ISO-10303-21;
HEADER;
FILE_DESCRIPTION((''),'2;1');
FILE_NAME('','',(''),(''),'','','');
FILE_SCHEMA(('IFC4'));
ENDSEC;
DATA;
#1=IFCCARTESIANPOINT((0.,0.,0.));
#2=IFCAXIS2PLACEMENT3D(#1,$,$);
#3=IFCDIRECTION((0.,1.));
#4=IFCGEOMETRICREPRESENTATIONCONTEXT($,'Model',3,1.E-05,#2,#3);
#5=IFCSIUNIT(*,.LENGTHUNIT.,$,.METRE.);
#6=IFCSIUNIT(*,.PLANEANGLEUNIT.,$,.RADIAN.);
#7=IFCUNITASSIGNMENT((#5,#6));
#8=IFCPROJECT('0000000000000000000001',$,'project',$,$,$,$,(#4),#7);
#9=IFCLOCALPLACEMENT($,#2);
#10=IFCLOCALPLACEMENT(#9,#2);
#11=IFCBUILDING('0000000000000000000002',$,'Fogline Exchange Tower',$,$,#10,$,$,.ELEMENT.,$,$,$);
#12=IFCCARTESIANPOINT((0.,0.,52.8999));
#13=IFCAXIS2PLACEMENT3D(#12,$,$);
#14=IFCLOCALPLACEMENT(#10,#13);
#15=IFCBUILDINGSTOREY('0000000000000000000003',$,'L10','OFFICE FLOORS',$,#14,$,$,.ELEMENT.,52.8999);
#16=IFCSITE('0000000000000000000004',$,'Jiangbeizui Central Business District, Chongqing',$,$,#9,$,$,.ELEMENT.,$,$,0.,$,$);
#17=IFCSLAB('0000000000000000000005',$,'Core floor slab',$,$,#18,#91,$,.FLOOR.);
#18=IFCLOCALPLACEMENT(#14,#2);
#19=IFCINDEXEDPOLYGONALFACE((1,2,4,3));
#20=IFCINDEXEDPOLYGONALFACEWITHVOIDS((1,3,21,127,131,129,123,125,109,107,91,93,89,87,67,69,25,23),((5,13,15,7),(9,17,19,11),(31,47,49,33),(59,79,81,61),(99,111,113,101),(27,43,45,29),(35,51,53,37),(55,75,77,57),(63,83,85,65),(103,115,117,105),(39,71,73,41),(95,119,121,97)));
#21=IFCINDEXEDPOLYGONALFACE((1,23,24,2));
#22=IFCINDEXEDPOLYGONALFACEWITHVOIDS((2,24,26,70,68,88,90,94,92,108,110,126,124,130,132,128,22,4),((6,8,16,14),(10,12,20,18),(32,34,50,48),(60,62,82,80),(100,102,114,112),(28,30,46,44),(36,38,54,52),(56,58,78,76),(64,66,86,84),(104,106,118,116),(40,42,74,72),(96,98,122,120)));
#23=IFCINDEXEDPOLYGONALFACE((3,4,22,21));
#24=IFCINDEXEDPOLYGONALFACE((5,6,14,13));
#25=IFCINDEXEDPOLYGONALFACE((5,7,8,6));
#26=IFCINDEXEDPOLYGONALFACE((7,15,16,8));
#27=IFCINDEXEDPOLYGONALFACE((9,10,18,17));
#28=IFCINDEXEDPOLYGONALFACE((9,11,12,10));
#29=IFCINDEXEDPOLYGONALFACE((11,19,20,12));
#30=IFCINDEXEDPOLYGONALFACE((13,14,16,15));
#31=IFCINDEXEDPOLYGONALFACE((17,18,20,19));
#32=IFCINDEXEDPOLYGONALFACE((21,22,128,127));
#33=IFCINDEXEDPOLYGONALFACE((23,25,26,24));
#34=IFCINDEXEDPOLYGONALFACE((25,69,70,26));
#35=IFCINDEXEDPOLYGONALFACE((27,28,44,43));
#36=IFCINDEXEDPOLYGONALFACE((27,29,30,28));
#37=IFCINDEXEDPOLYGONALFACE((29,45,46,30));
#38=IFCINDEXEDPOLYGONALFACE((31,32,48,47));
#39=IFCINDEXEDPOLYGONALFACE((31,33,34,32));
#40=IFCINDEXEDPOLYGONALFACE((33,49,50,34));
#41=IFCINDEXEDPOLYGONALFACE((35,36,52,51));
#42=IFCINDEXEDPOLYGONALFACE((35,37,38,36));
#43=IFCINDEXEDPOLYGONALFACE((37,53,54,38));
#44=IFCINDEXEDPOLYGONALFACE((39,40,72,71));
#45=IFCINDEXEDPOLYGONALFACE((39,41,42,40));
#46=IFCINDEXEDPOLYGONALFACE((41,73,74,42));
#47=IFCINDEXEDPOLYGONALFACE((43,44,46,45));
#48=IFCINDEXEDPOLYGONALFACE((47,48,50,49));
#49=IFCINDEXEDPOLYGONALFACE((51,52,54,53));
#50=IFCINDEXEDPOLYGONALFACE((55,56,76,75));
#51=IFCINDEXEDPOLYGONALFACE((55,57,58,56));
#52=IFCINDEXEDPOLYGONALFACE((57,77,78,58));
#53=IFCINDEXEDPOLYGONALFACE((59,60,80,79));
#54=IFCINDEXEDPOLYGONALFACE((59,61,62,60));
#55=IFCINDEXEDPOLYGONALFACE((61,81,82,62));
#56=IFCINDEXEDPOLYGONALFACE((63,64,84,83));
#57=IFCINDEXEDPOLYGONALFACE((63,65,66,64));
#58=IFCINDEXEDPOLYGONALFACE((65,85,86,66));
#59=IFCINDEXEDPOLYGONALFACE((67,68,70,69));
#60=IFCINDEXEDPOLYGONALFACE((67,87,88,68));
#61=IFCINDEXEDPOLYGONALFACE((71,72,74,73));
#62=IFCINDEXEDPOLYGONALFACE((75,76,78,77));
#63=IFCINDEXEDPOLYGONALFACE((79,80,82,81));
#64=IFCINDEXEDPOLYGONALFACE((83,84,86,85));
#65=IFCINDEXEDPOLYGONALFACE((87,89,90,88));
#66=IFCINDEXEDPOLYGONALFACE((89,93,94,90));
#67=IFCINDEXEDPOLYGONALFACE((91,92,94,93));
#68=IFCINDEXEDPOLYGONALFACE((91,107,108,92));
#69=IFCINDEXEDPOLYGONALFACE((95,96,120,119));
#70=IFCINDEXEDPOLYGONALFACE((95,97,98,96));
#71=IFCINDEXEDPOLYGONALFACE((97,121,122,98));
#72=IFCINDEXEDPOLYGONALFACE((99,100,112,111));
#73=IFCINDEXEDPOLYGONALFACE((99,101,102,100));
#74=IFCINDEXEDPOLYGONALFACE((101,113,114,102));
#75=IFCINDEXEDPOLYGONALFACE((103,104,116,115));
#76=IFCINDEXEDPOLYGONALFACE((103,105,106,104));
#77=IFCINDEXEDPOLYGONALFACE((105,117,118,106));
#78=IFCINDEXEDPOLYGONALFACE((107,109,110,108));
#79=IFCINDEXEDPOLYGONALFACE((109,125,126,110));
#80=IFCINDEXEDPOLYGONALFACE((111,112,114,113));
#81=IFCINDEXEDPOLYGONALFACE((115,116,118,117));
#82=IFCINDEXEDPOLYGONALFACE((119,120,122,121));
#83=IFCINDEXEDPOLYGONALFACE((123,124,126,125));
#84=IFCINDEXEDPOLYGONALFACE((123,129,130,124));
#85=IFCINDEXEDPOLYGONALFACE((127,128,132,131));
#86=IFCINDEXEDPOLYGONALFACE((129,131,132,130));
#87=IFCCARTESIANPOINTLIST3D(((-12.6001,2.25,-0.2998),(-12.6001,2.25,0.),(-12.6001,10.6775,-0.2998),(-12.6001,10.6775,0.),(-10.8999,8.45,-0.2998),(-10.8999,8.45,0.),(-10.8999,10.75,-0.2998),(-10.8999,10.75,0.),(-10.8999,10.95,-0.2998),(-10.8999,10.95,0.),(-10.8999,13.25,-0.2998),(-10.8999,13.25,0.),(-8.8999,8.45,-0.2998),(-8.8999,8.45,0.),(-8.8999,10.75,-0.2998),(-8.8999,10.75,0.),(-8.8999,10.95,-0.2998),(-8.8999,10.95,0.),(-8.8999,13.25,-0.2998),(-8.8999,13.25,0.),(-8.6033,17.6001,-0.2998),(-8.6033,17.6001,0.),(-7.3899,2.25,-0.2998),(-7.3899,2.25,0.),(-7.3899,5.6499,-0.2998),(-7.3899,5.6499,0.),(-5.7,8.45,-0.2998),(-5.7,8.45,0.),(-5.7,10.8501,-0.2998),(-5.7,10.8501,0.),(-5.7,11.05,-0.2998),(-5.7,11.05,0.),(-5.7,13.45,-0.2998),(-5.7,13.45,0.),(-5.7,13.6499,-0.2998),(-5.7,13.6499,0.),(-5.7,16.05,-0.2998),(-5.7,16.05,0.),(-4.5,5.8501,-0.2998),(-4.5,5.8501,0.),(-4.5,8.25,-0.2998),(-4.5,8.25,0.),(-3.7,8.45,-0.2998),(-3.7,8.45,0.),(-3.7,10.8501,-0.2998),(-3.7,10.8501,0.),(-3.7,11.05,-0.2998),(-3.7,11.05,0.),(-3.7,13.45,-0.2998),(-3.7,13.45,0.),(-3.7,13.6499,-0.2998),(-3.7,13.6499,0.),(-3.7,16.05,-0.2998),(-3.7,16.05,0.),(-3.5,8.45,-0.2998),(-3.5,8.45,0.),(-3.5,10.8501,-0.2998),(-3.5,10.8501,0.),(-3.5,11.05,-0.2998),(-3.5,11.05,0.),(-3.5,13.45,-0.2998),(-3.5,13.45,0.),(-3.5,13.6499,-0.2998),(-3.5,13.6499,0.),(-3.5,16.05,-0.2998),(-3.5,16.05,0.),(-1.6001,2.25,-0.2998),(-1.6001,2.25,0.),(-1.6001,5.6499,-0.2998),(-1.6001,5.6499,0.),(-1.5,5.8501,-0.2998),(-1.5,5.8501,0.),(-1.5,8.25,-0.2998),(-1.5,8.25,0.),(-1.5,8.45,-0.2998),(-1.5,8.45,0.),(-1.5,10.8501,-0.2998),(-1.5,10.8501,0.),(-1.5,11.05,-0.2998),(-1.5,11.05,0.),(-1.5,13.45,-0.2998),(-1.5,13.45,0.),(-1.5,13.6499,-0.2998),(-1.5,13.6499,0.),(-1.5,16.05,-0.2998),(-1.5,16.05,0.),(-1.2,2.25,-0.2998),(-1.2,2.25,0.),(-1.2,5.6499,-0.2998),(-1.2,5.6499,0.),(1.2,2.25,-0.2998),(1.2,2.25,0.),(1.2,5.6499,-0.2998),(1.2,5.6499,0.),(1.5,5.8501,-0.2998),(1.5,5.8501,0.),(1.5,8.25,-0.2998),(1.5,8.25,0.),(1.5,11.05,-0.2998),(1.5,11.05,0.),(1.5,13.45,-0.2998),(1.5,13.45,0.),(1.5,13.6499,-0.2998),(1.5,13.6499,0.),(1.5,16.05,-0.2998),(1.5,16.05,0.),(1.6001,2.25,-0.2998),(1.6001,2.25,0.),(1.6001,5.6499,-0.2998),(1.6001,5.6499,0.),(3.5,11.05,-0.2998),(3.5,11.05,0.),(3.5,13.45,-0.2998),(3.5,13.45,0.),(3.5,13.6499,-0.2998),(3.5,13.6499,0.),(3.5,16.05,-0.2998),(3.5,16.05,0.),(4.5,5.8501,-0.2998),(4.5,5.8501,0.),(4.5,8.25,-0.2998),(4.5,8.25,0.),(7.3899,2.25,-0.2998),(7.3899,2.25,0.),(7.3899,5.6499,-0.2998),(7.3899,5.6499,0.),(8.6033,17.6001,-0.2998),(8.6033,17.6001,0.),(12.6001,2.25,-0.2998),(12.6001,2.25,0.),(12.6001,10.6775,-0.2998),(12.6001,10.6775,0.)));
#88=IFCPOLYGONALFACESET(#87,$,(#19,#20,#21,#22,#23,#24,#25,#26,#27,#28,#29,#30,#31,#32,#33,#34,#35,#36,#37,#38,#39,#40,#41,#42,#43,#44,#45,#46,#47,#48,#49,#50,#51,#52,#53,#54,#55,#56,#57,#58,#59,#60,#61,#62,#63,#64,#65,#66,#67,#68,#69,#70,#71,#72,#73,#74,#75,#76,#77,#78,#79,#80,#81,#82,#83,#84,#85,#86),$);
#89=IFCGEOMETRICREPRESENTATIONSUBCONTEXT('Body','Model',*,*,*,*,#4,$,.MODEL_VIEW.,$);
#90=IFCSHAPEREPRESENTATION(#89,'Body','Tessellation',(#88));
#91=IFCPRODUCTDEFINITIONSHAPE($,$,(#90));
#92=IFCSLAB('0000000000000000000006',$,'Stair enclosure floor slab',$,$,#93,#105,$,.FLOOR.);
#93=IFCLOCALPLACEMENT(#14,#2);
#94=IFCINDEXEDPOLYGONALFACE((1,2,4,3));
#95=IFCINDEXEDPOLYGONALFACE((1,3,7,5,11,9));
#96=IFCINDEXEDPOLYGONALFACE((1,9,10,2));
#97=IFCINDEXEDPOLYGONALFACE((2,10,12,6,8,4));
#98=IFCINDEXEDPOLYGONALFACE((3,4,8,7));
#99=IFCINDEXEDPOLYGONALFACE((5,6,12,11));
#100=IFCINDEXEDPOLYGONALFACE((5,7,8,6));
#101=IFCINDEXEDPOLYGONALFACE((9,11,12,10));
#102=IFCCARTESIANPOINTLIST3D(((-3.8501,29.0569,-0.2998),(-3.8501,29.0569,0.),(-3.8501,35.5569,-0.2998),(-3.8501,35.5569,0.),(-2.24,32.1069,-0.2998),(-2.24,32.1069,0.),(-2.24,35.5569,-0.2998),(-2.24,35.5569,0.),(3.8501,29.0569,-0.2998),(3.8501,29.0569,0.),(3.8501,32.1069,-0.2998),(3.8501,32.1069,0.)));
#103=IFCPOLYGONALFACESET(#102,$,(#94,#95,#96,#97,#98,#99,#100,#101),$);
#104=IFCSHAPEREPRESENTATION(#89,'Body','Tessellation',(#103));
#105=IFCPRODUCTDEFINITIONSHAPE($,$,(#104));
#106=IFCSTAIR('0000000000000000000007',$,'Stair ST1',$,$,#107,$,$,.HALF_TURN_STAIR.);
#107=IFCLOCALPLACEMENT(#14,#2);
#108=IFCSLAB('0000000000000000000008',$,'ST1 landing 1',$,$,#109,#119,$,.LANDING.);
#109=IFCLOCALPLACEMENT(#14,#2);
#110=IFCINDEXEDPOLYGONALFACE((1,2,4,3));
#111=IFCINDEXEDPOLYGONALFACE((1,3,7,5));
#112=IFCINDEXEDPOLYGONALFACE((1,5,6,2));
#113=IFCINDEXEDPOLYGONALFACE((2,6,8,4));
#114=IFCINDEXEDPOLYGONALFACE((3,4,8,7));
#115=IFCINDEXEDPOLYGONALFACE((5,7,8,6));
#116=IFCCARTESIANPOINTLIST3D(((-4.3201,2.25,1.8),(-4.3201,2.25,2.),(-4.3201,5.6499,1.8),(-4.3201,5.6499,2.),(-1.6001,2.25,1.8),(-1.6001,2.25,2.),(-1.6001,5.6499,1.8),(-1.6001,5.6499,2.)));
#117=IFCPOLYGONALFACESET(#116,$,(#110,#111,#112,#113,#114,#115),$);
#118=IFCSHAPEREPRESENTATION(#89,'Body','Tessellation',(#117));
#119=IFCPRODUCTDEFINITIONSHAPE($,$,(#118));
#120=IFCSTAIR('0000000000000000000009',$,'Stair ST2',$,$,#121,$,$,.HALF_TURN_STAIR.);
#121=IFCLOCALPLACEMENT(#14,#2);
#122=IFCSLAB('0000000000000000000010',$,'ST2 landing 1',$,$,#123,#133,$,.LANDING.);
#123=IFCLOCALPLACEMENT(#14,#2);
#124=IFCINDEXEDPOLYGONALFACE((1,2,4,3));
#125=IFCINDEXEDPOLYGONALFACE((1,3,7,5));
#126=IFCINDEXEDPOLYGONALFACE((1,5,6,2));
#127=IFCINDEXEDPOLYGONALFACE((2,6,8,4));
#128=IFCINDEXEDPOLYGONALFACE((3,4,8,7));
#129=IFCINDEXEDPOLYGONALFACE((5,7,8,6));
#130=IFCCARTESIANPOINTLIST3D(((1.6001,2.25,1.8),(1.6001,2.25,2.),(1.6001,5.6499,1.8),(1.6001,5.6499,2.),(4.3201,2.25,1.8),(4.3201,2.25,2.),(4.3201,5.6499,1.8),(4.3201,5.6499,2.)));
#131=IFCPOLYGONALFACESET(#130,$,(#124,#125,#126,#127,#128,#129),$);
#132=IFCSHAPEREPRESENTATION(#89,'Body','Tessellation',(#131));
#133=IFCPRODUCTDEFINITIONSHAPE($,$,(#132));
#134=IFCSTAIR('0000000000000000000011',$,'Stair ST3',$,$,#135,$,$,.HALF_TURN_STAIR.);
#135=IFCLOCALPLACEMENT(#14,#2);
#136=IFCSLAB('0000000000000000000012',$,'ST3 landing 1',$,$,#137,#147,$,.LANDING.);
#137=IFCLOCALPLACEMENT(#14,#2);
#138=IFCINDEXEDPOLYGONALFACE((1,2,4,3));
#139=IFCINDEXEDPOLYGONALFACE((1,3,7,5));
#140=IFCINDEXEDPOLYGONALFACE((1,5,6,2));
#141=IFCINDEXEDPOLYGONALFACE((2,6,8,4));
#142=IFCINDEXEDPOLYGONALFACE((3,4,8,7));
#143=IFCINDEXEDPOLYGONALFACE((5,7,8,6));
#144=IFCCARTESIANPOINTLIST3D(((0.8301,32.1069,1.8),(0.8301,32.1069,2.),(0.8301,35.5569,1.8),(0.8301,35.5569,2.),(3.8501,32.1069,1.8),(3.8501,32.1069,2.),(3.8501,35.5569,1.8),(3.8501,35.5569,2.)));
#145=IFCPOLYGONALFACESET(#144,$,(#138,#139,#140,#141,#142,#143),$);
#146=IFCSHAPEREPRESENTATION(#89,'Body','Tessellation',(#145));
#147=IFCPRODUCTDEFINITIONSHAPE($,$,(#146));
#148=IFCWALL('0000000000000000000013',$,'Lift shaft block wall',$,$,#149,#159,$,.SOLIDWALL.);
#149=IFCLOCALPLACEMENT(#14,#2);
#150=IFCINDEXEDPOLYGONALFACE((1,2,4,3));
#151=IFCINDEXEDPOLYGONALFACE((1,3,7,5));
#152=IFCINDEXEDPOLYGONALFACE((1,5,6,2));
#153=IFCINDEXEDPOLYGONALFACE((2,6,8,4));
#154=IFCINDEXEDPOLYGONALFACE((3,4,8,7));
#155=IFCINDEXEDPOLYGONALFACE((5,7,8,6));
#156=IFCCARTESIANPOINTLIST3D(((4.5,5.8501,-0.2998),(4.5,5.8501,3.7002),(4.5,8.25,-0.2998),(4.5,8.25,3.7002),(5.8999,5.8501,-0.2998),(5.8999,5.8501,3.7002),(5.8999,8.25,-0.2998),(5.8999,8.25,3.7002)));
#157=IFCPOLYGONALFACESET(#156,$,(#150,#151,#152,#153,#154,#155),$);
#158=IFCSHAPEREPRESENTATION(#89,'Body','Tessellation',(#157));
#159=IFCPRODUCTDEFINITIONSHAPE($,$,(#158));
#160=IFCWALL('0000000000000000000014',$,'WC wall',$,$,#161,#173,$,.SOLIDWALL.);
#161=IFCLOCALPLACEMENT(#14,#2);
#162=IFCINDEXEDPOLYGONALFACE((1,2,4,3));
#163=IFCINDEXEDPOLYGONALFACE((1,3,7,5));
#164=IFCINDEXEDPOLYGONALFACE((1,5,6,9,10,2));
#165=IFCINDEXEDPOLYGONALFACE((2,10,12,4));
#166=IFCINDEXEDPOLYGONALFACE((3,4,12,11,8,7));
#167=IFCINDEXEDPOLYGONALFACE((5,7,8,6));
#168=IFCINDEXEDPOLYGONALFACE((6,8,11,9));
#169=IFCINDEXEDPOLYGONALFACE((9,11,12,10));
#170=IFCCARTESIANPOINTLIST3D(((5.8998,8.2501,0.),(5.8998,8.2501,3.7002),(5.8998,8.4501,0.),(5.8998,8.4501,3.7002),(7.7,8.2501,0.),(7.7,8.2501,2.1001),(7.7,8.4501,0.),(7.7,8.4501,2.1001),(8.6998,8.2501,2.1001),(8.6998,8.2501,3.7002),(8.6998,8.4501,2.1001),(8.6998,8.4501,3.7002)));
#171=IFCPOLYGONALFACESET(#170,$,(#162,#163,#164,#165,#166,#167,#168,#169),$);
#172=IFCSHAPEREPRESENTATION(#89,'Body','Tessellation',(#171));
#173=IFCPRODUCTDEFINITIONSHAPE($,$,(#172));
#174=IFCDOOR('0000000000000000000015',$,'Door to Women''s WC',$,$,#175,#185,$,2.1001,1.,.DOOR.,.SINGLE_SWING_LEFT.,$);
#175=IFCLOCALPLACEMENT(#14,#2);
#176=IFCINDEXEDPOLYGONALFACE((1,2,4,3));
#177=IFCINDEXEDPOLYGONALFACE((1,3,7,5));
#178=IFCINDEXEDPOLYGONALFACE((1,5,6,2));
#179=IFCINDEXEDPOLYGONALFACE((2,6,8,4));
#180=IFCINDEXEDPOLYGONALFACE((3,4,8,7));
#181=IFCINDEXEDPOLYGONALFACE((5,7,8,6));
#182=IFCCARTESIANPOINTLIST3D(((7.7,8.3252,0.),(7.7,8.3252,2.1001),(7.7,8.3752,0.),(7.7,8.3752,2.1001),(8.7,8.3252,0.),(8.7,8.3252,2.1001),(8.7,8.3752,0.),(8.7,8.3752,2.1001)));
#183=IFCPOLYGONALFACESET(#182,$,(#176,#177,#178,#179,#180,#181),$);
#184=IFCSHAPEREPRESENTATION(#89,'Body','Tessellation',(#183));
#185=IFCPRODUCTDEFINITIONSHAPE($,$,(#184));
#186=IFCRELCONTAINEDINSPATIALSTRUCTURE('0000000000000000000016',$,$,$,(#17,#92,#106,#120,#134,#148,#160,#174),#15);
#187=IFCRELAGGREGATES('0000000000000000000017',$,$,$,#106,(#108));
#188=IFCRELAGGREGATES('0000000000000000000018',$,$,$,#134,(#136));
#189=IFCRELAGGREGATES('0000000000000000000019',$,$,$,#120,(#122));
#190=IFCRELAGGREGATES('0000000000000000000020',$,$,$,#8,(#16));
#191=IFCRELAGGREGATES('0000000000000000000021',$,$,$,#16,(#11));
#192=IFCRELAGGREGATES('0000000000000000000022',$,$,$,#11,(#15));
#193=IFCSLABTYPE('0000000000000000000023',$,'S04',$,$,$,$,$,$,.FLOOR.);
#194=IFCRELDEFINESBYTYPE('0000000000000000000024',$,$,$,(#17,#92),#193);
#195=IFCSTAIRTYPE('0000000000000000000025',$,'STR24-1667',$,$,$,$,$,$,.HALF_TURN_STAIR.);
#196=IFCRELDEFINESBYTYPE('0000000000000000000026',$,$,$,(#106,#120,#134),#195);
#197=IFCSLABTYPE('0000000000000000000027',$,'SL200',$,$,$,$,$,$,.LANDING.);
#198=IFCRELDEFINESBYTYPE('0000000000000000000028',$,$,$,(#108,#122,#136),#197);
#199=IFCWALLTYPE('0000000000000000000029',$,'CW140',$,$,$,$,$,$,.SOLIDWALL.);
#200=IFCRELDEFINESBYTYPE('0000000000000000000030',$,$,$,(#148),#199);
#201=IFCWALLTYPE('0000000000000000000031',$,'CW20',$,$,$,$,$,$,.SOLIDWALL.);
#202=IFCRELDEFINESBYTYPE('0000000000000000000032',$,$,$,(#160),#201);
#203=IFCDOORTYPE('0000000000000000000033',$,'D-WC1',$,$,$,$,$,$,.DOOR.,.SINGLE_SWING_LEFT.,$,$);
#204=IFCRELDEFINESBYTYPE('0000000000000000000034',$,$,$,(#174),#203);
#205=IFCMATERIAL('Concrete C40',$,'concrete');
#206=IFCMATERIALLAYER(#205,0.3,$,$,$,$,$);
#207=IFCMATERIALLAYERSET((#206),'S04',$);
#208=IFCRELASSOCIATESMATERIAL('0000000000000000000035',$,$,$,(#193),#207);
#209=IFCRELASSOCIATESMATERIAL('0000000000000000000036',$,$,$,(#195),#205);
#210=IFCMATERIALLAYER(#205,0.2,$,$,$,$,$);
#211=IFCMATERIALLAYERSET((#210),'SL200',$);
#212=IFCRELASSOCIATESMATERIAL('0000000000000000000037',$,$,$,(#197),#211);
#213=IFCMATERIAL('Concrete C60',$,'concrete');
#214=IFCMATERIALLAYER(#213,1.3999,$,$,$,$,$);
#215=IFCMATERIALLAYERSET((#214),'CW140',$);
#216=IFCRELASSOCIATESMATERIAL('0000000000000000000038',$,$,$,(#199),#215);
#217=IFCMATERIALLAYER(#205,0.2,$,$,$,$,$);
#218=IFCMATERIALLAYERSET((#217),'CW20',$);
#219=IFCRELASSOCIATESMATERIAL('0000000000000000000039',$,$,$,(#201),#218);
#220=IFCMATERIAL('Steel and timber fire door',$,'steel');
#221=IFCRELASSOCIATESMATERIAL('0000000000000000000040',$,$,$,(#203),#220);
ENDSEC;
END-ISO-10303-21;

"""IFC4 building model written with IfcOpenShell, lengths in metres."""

from ifc_helpers import new_model, si_unit, direction, frame, frame_2d, origin, place, context, subcontext, project, spatial, polyline, rectangle, outline, extrude, material, layer, layer_set, type_object, element, fill, aggregate, save


model = new_model("IFC4")

# Units and contexts
model_context = context("Model", 3, precision=1e-05, world=origin(), true_north=direction((0.0, 1.0)))
body_context = subcontext(model_context, "Body", "Model", "MODEL_VIEW")
ifc_project = project(units=[si_unit("LENGTHUNIT", "METRE"), si_unit("PLANEANGLEUNIT", "RADIAN")], contexts=[model_context])

# Site, building, storey
site_placement = place(None, origin())
site = spatial("IfcSite", under=ifc_project, at=site_placement, Name="Jiangbeizui Central Business District, Chongqing", CompositionType="ELEMENT", RefElevation=0.0)
building_placement = place(site_placement, origin())
building = spatial("IfcBuilding", under=site, at=building_placement, Name="Fogline Exchange Tower", CompositionType="ELEMENT")
storey_placement = place(building_placement, frame((0.0, 0.0, 52.8999)))
storey = spatial("IfcBuildingStorey", under=building, at=storey_placement, Name="L10", Description="OFFICE FLOORS", CompositionType="ELEMENT", Elevation=52.8999)

# Slabs
ifc_material_1 = material(Name="Concrete C40", Category="concrete")
ifc_layer_1 = layer(ifc_material_1, 0.3)
ifc_layer_set_1 = layer_set([ifc_layer_1], Name="S04")
slab_type_1 = type_object("IfcSlabType", Name="S04", PredefinedType="FLOOR", material=ifc_layer_set_1)
slab_1_placement = place(storey_placement, frame((0.0, 0.0, -0.2998)))
element("IfcSlab", 1, at=slab_1_placement, inside=storey, type_object=slab_type_1, Name="Core floor slab", PredefinedType="FLOOR", context=body_context, shape_type="SweptSolid", body=[
    extrude(outline(polyline([(-12.6001, 2.25), (-12.6001, 10.6775), (-8.6033, 17.6001), (8.6033, 17.6001), (12.6001, 10.6775), (12.6001, 2.25), (7.3899, 2.25), (7.3899, 5.6499), (1.6001, 5.6499), (1.6001, 2.25), (1.2, 2.25), (1.2, 5.6499), (-1.2, 5.6499), (-1.2, 2.25), (-1.6001, 2.25), (-1.6001, 5.6499), (-7.3899, 5.6499), (-7.3899, 2.25), (-12.6001, 2.25)]), holes=[polyline([(-1.5, 8.25), (-4.5, 8.25), (-4.5, 5.8501), (-1.5, 5.8501), (-1.5, 8.25)]), polyline([(-8.8999, 10.75), (-10.8999, 10.75), (-10.8999, 8.45), (-8.8999, 8.45), (-8.8999, 10.75)]), polyline([(-3.7, 10.8501), (-5.7, 10.8501), (-5.7, 8.45), (-3.7, 8.45), (-3.7, 10.8501)]), polyline([(-1.5, 10.8501), (-3.5, 10.8501), (-3.5, 8.45), (-1.5, 8.45), (-1.5, 10.8501)]), polyline([(-8.8999, 13.25), (-10.8999, 13.25), (-10.8999, 10.95), (-8.8999, 10.95), (-8.8999, 13.25)]), polyline([(-3.7, 13.45), (-5.7, 13.45), (-5.7, 11.05), (-3.7, 11.05), (-3.7, 13.45)]), polyline([(-3.7, 16.05), (-5.7, 16.05), (-5.7, 13.6499), (-3.7, 13.6499), (-3.7, 16.05)]), polyline([(4.5, 8.25), (1.5, 8.25), (1.5, 5.8501), (4.5, 5.8501), (4.5, 8.25)]), polyline([(-1.5, 13.45), (-3.5, 13.45), (-3.5, 11.05), (-1.5, 11.05), (-1.5, 13.45)]), polyline([(3.5, 13.45), (1.5, 13.45), (1.5, 11.05), (3.5, 11.05), (3.5, 13.45)]), polyline([(-1.5, 16.05), (-3.5, 16.05), (-3.5, 13.6499), (-1.5, 13.6499), (-1.5, 16.05)]), polyline([(3.5, 16.05), (1.5, 16.05), (1.5, 13.6499), (3.5, 13.6499), (3.5, 16.05)])]), origin(), (0.0, 0.0, 1.0), 0.2998),
])
slab_2_placement = place(storey_placement, frame((0.0, 0.0, -0.2998)))
element("IfcSlab", 2, at=slab_2_placement, inside=storey, type_object=slab_type_1, Name="Stair enclosure floor slab", PredefinedType="FLOOR", context=body_context, shape_type="SweptSolid", body=[
    extrude(outline(polyline([(3.8501, 29.0569), (-3.8501, 29.0569), (-3.8501, 35.5569), (-2.24, 35.5569), (-2.24, 32.1069), (3.8501, 32.1069), (3.8501, 29.0569)])), origin(), (0.0, 0.0, 1.0), 0.2998),
])

# Stairs, slabs
stair_type = type_object("IfcStairType", Name="STR24-1667", PredefinedType="HALF_TURN_STAIR", material=ifc_material_1)
stair_1_placement = place(storey_placement, origin())
stair_1 = element("IfcStair", 3, at=stair_1_placement, inside=storey, type_object=stair_type, Name="Stair ST1", PredefinedType="HALF_TURN_STAIR")
ifc_layer_2 = layer(ifc_material_1, 0.2)
ifc_layer_set_2 = layer_set([ifc_layer_2], Name="SL200")
slab_type_2 = type_object("IfcSlabType", Name="SL200", PredefinedType="LANDING", material=ifc_layer_set_2)
slab_3_placement = place(storey_placement, frame((0.0, 0.0, 1.8)))
slab_3 = element("IfcSlab", 4, at=slab_3_placement, type_object=slab_type_2, Name="ST1 landing 1", PredefinedType="LANDING", context=body_context, shape_type="SweptSolid", body=[
    extrude(outline(polyline([(-4.3201, 2.25), (-1.6001, 2.25), (-1.6001, 5.6499), (-4.3201, 5.6499), (-4.3201, 2.25)])), origin(), (0.0, 0.0, 1.0), 0.2),
])
aggregate(stair_1, [slab_3])
stair_2_placement = place(storey_placement, origin())
stair_2 = element("IfcStair", 5, at=stair_2_placement, inside=storey, type_object=stair_type, Name="Stair ST2", PredefinedType="HALF_TURN_STAIR")
slab_4_placement = place(storey_placement, frame((0.0, 0.0, 1.8)))
slab_4 = element("IfcSlab", 6, at=slab_4_placement, type_object=slab_type_2, Name="ST2 landing 1", PredefinedType="LANDING", context=body_context, shape_type="SweptSolid", body=[
    extrude(outline(polyline([(1.6001, 2.25), (4.3201, 2.25), (4.3201, 5.6499), (1.6001, 5.6499), (1.6001, 2.25)])), origin(), (0.0, 0.0, 1.0), 0.2),
])
stair_3_placement = place(storey_placement, origin())
stair_3 = element("IfcStair", 7, at=stair_3_placement, inside=storey, type_object=stair_type, Name="Stair ST3", PredefinedType="HALF_TURN_STAIR")
slab_5_placement = place(storey_placement, frame((0.0, 0.0, 1.8)))
slab_5 = element("IfcSlab", 8, at=slab_5_placement, type_object=slab_type_2, Name="ST3 landing 1", PredefinedType="LANDING", context=body_context, shape_type="SweptSolid", body=[
    extrude(outline(polyline([(0.8301, 32.1069), (3.8501, 32.1069), (3.8501, 35.5569), (0.8301, 35.5569), (0.8301, 32.1069)])), origin(), (0.0, 0.0, 1.0), 0.2),
])
aggregate(stair_3, [slab_5])

# Wall
ifc_material_2 = material(Name="Concrete C60", Category="concrete")
ifc_layer_3 = layer(ifc_material_2, 1.3999)
ifc_layer_set_3 = layer_set([ifc_layer_3], Name="CW140")
wall_type_1 = type_object("IfcWallType", Name="CW140", PredefinedType="SOLIDWALL", material=ifc_layer_set_3)
wall_1_placement = place(storey_placement, frame((5.2, 5.8501, -0.2998), z_axis=(0.0, 0.0, 1.0), x_axis=(0.0, 1.0, 0.0)))
element("IfcWall", 9, at=wall_1_placement, inside=storey, type_object=wall_type_1, Name="Lift shaft block wall", PredefinedType="SOLIDWALL", context=body_context, shape_type="SweptSolid", body=[
    extrude(rectangle(XDim=2.3999, YDim=1.3999, at=frame_2d((1.2, 0.0))), origin(), (0.0, 0.0, 1.0), 4.0),
])

# Wall, opening, door
ifc_layer_4 = layer(ifc_material_1, 0.2)
ifc_layer_set_4 = layer_set([ifc_layer_4], Name="CW20")
wall_type_2 = type_object("IfcWallType", Name="CW20", PredefinedType="SOLIDWALL", material=ifc_layer_set_4)
wall_2_placement = place(storey_placement, frame((5.8999, 8.3501, 0.0), z_axis=(0.0, 0.0, 1.0), x_axis=(1.0, 0.0, 0.0)))
wall_2 = element("IfcWall", 10, at=wall_2_placement, inside=storey, type_object=wall_type_2, Name="WC wall", PredefinedType="SOLIDWALL", context=body_context, shape_type="SweptSolid", body=[
    extrude(rectangle(XDim=2.8, YDim=0.2, at=frame_2d((1.3999, 0.0))), origin(), (0.0, 0.0, 1.0), 3.7002),
])
opening_1_placement = place(wall_2_placement, frame((1.8, 0.0, 0.0)))
opening_1 = element("IfcOpeningElement", 11, at=opening_1_placement, cuts=wall_2, PredefinedType="OPENING", context=body_context, shape_type="SweptSolid", body=[
    extrude(rectangle(XDim=1.0, YDim=2.1001, at=frame_2d((0.5, 1.05))), frame((0.0, 0.1099, 0.0), z_axis=(0.0, -1.0, 0.0), x_axis=(1.0, 0.0, 0.0)), (0.0, 0.0, 1.0), 0.22),
])
ifc_material_3 = material(Name="Steel and timber fire door", Category="steel")
door_type_1 = type_object("IfcDoorType", Name="D-WC1", OperationType="SINGLE_SWING_LEFT", PredefinedType="DOOR", material=ifc_material_3)
door_1_placement = place(opening_1_placement, frame((1.0, 0.0, 0.0), z_axis=(0.0, 0.0, 1.0), x_axis=(-1.0, 0.0, 0.0)))
door_1 = element("IfcDoor", 12, at=door_1_placement, inside=storey, type_object=door_type_1, Name="Door to Women's WC", OperationType="SINGLE_SWING_LEFT", OverallHeight=2.1001, OverallWidth=1.0, PredefinedType="DOOR", context=body_context, shape_type="SweptSolid", body=[
    extrude(rectangle(XDim=1.0, YDim=2.1001, at=frame_2d((0.5, 1.05))), frame((0.0, 0.0249, 0.0), z_axis=(0.0, -1.0, 0.0), x_axis=(1.0, 0.0, 0.0)), (0.0, 0.0, 1.0), 0.05),
])
fill(opening_1, door_1)

aggregate(stair_2, [slab_4])

save(model, "model.ifc")
